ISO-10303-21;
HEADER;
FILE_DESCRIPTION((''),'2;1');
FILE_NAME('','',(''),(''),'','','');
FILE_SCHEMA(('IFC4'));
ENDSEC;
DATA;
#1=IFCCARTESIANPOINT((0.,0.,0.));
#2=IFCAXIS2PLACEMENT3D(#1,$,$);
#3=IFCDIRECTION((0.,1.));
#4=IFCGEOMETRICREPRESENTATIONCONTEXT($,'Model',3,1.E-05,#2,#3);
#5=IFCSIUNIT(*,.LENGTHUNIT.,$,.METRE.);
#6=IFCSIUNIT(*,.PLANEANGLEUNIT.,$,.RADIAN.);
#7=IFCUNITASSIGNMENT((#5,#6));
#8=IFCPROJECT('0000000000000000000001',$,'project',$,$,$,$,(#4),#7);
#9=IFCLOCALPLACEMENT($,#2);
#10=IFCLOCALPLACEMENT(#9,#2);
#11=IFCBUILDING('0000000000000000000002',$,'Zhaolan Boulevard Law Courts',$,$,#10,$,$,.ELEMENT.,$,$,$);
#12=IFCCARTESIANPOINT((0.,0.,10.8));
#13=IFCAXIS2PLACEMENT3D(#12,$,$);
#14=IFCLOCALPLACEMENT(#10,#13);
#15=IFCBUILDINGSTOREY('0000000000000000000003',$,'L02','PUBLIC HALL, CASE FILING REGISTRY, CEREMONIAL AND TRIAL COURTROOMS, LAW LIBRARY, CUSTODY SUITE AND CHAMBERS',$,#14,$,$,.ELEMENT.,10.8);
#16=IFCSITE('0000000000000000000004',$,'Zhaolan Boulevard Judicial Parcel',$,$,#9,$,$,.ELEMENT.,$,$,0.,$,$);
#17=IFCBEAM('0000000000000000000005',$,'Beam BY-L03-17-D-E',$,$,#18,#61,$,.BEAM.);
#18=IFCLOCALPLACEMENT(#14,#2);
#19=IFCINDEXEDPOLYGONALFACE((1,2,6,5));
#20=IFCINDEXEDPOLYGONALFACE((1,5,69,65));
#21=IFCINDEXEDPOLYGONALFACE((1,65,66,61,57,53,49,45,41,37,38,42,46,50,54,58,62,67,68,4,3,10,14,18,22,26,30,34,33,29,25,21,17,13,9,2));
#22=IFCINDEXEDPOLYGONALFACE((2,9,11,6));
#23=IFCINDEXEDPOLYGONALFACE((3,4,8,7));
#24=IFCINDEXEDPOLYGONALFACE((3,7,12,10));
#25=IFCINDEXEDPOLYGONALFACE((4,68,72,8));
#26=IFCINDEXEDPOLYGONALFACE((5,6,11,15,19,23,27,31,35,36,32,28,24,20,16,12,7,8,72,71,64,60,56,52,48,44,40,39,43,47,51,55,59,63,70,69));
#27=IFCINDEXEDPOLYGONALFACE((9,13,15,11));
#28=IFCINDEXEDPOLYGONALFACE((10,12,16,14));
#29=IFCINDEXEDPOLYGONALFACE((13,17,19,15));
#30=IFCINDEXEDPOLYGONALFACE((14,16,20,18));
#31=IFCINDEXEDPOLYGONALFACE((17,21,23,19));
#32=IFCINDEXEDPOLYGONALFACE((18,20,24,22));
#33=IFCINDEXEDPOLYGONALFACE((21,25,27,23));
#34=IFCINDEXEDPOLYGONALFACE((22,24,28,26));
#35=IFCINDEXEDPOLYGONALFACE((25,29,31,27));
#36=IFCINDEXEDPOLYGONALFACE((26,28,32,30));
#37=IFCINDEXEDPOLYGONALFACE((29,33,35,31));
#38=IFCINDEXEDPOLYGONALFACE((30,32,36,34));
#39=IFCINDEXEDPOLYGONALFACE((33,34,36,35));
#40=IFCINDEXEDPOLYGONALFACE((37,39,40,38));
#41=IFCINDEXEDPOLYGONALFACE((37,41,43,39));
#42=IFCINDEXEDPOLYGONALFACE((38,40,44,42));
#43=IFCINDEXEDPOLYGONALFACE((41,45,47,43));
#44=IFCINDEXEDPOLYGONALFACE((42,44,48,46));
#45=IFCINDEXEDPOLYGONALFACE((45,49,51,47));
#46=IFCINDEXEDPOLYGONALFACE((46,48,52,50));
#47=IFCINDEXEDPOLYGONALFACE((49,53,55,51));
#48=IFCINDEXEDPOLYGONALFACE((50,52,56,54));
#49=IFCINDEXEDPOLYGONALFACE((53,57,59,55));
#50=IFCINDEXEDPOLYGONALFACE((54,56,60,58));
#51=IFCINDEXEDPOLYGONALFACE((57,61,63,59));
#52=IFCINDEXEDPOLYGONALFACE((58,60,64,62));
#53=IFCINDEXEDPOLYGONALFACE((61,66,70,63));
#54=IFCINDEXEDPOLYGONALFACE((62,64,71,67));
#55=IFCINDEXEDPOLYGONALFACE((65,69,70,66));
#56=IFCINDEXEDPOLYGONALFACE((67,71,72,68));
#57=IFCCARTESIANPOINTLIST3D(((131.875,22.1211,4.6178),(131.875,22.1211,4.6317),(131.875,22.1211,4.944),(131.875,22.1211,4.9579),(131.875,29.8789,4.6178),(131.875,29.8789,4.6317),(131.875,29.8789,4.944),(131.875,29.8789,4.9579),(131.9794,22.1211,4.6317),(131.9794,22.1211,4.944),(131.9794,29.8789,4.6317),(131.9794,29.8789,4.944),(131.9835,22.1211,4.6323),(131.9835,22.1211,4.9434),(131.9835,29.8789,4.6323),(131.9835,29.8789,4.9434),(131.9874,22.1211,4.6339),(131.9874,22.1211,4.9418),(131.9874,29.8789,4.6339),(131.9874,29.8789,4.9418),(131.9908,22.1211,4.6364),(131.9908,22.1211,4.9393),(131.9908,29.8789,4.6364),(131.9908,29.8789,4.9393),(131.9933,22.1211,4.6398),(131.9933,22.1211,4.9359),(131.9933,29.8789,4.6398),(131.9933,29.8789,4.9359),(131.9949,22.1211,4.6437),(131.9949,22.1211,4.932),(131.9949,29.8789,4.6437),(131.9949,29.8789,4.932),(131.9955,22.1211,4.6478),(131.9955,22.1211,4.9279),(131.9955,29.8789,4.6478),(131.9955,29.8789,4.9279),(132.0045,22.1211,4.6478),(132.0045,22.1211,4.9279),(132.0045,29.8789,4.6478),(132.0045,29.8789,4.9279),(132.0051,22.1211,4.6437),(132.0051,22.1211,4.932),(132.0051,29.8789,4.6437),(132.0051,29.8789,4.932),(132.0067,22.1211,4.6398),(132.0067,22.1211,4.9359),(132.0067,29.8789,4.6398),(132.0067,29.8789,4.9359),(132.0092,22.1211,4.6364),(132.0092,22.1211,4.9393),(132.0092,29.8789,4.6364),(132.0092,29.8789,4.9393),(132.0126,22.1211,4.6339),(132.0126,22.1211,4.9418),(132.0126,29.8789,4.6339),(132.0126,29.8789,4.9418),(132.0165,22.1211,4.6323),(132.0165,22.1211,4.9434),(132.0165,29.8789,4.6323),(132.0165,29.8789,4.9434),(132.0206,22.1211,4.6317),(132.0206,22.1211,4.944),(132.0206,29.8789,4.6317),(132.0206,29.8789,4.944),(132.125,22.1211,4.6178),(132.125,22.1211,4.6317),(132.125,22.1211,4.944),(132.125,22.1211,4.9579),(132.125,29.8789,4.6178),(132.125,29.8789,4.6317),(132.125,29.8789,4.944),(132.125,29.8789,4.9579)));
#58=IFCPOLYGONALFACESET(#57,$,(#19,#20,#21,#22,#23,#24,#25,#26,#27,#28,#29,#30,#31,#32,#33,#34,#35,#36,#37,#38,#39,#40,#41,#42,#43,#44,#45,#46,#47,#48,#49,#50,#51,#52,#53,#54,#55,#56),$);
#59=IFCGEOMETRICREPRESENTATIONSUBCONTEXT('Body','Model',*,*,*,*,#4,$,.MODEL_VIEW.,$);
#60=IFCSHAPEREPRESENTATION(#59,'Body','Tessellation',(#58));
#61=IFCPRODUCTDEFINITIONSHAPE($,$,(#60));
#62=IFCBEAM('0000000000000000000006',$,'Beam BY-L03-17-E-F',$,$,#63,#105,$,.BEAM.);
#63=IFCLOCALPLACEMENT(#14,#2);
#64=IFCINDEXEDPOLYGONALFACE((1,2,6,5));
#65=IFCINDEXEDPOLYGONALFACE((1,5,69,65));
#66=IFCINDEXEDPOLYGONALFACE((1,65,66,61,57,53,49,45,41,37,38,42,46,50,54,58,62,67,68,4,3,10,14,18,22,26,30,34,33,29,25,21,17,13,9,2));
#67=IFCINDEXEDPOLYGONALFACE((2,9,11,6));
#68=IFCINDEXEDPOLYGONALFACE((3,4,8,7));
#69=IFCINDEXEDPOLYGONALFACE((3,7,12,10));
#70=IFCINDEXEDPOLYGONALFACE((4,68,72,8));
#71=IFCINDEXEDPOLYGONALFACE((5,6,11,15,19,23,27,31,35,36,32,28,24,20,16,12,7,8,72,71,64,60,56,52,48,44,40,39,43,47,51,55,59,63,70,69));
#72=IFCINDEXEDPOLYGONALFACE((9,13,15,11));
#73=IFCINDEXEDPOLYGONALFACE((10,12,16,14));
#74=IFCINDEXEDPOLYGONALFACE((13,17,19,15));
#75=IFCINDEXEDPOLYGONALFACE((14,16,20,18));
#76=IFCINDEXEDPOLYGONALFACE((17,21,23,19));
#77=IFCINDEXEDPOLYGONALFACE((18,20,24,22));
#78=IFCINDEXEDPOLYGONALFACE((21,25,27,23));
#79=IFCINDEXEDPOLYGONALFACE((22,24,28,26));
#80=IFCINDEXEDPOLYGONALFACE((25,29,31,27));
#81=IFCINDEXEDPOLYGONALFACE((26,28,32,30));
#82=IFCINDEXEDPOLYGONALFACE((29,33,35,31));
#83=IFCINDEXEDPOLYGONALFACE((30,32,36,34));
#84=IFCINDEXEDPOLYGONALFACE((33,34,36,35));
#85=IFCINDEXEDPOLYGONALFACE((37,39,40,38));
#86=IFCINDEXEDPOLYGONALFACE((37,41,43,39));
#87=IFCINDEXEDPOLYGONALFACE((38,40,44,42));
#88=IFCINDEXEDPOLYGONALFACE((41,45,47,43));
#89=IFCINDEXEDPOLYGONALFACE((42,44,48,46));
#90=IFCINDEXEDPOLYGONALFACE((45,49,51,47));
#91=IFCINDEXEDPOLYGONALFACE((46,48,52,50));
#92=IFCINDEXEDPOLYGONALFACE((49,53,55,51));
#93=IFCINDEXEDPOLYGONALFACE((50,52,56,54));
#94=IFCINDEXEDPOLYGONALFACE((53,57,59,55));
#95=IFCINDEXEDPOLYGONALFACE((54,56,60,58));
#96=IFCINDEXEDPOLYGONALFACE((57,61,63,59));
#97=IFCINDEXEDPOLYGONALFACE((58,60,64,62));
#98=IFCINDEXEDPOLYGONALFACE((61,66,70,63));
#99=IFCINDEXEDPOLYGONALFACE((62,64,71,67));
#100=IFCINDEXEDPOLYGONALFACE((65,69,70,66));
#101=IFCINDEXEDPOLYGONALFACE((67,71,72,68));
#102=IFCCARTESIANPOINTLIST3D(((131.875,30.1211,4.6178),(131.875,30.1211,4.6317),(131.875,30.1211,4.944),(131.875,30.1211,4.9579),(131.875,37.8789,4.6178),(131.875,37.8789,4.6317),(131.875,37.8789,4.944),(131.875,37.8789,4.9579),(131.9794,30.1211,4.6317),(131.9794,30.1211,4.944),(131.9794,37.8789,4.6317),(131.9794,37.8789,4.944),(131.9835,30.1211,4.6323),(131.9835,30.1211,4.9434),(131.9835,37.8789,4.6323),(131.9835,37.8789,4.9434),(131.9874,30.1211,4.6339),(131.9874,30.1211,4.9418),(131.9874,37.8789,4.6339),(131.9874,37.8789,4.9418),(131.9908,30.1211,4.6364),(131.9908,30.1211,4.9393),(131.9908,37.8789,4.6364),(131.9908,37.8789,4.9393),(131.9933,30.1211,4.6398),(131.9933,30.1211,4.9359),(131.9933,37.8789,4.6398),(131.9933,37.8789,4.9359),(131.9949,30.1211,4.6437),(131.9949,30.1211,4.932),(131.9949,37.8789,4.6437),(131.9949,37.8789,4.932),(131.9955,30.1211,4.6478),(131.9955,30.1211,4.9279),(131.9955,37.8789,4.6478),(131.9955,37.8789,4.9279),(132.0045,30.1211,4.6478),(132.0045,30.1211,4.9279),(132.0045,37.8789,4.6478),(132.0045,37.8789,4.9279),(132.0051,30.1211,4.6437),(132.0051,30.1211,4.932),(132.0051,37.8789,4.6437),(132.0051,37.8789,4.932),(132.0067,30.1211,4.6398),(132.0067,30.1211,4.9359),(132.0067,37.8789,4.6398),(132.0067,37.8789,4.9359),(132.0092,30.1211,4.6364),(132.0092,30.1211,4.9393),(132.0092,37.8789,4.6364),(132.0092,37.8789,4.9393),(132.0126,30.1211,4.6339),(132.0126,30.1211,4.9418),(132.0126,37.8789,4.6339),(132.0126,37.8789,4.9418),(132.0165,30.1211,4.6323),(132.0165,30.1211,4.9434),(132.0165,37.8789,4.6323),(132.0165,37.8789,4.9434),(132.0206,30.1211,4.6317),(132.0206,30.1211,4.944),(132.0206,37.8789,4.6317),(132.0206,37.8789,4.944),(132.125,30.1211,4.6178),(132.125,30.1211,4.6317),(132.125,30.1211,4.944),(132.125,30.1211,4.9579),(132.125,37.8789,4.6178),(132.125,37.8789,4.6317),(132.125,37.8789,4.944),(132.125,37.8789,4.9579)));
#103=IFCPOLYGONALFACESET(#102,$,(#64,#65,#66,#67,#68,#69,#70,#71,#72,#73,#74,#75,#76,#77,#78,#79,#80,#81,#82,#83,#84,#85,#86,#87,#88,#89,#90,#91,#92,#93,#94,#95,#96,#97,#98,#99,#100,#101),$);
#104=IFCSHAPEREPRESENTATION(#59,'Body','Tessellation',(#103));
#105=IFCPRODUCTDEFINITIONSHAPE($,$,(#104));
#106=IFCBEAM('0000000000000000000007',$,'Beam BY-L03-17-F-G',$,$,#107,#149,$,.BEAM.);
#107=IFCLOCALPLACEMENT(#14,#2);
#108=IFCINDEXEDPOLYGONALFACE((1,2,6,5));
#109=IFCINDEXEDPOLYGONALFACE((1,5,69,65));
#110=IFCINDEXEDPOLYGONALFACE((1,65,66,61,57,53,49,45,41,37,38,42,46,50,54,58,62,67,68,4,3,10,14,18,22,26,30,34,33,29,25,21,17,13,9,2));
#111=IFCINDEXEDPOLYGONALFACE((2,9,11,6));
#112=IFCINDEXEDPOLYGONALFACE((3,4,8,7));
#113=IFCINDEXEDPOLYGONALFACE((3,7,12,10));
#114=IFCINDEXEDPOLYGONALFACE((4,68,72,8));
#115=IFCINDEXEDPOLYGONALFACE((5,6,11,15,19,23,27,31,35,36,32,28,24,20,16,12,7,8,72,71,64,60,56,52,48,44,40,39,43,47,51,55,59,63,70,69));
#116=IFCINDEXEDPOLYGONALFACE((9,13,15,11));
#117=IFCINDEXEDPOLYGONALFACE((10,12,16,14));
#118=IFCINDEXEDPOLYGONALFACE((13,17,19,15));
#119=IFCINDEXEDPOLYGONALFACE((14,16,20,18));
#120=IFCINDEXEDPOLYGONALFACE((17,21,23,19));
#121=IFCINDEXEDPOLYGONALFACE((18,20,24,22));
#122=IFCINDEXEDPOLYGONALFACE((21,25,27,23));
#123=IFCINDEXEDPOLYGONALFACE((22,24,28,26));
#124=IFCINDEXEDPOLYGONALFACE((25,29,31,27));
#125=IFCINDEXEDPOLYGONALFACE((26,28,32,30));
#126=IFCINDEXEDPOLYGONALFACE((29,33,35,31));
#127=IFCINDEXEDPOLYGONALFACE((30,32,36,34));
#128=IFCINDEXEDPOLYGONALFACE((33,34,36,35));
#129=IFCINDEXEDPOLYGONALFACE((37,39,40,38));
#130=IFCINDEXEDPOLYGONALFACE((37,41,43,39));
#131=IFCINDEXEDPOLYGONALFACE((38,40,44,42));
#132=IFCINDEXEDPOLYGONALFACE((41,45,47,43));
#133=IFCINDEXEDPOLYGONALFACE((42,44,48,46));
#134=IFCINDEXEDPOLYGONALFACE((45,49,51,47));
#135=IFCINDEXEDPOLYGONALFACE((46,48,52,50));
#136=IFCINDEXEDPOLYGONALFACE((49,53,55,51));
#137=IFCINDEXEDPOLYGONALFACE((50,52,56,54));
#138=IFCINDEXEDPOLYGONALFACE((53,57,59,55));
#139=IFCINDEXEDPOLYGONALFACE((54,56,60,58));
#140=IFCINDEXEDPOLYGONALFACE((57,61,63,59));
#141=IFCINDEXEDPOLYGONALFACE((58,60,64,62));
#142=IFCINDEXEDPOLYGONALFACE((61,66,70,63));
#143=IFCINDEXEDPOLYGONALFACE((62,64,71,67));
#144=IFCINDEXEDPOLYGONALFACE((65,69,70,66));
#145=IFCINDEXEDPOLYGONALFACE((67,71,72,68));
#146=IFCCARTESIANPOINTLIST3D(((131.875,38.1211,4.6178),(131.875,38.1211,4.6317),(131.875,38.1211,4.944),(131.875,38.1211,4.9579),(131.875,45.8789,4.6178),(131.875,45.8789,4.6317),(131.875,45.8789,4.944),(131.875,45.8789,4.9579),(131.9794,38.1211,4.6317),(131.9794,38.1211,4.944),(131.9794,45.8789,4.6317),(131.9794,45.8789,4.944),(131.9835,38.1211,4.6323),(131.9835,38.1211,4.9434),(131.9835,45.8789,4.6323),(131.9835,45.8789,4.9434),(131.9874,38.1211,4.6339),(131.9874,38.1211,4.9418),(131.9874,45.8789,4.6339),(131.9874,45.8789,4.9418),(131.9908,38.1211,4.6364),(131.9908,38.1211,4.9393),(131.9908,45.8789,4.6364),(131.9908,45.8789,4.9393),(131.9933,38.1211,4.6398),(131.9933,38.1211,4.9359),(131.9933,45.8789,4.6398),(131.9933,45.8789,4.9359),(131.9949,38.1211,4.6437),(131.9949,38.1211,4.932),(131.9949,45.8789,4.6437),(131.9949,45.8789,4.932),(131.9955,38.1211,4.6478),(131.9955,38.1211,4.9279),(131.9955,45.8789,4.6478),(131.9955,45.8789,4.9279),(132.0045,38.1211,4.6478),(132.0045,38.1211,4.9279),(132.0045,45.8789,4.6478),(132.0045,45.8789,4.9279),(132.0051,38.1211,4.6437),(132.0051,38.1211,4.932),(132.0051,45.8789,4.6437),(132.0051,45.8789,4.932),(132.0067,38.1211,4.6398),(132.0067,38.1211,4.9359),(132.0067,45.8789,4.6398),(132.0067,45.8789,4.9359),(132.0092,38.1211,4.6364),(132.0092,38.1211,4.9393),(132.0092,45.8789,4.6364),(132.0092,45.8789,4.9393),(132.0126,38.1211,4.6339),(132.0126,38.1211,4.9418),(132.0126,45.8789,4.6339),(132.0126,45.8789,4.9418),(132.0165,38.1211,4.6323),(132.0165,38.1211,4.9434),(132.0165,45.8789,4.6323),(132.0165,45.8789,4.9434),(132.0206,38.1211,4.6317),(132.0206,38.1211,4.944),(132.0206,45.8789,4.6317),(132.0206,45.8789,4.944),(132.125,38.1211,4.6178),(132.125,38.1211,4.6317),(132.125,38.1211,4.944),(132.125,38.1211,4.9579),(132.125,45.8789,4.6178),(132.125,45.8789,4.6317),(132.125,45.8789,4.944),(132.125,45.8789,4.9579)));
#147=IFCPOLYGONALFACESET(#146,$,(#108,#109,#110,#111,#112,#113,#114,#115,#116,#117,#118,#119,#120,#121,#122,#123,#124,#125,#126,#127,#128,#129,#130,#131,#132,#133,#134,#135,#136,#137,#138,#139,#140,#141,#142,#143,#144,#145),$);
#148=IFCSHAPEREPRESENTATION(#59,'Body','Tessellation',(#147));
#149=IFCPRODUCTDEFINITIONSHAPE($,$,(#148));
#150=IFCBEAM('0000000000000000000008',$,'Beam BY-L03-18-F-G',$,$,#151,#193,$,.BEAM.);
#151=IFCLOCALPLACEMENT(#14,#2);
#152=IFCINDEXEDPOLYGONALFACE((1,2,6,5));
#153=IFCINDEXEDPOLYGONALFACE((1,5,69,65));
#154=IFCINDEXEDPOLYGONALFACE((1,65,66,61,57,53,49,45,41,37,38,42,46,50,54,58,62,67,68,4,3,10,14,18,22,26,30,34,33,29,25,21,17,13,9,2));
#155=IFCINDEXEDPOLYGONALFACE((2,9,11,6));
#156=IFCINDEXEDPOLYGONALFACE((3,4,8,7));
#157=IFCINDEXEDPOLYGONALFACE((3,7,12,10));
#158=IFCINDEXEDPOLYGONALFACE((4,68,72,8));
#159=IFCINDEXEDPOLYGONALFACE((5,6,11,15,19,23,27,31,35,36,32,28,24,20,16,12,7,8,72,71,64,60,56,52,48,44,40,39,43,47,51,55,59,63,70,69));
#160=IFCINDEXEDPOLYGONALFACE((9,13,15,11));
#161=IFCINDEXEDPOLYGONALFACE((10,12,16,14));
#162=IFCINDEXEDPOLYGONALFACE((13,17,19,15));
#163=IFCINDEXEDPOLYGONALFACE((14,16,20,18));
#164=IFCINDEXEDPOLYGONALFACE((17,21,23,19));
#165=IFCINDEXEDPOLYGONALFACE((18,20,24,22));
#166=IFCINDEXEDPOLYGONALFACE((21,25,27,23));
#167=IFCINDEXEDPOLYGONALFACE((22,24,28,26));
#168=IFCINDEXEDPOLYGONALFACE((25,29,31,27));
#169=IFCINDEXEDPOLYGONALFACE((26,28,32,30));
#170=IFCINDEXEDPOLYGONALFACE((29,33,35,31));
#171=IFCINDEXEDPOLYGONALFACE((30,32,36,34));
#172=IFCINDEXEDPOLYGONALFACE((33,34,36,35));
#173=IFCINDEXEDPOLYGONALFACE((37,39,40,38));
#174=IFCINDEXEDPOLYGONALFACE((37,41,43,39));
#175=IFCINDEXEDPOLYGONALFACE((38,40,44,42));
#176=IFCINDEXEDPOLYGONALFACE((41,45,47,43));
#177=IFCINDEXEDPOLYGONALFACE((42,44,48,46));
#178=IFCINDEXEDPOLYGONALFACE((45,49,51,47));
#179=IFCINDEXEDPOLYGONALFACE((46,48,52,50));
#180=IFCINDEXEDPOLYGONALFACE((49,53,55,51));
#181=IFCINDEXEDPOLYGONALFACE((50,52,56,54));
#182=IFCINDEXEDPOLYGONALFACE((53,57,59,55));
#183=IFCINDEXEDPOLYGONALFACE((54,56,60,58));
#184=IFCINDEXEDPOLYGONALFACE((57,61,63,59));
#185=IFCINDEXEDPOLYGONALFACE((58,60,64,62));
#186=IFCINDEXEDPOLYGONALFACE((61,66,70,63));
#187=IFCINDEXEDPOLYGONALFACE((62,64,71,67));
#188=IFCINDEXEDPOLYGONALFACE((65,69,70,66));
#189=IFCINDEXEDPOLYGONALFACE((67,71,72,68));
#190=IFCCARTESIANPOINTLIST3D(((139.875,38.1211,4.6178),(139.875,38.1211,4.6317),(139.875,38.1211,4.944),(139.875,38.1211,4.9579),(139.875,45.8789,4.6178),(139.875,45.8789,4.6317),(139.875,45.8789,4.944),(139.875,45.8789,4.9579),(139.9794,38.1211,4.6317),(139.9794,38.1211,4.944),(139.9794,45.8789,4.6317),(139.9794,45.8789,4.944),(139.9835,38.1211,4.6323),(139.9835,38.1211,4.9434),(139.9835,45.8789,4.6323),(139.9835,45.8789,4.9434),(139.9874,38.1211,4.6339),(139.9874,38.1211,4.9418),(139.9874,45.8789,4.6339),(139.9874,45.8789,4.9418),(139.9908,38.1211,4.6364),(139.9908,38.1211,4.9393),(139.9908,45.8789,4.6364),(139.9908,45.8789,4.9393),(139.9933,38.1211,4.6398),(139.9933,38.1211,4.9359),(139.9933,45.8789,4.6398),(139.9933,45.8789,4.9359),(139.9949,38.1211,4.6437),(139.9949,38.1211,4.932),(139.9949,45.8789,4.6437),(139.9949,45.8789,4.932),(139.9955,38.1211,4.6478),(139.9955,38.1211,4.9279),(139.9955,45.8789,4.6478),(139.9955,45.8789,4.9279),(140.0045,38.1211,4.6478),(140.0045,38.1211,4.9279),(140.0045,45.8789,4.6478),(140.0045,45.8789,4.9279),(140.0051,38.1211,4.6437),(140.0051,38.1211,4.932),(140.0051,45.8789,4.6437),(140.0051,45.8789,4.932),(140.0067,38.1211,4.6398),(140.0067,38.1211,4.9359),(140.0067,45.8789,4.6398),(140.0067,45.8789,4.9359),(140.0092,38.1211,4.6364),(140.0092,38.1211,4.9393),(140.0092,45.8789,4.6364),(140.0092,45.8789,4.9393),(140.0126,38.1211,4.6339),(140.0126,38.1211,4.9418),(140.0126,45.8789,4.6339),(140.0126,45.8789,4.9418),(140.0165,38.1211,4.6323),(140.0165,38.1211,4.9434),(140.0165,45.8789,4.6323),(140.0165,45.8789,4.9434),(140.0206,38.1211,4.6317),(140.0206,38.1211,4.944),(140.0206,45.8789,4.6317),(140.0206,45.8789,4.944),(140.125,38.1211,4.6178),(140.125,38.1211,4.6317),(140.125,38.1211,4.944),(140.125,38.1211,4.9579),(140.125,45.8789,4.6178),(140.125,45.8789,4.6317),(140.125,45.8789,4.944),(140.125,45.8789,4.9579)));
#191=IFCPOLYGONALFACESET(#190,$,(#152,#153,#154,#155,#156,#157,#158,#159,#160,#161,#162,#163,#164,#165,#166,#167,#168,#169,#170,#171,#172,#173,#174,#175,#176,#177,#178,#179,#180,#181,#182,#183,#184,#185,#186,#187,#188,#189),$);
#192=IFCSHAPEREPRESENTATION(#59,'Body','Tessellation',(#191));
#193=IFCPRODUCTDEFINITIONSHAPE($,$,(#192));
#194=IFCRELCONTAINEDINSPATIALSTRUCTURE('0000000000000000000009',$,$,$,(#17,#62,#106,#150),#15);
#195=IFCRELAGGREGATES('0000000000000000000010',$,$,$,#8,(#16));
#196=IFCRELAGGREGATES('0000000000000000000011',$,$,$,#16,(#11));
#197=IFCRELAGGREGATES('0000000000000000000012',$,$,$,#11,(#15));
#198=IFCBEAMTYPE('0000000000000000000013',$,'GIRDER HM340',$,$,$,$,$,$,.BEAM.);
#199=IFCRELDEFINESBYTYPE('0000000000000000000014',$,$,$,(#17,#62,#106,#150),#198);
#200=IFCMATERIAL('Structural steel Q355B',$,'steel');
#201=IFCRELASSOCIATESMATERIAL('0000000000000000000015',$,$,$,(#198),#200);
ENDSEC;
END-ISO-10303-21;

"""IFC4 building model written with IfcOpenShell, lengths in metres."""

from ifc_helpers import new_model, si_unit, direction, frame, origin, origin_2d, place, context, subcontext, project, spatial, i_section, extrude, material, material_profile, profile_set, type_object, element, save


model = new_model("IFC4")

# Units and contexts
model_context = context("Model", 3, precision=1e-05, world=origin(), true_north=direction((0.0, 1.0)))
body_context = subcontext(model_context, "Body", "Model", "MODEL_VIEW")
ifc_project = project(units=[si_unit("LENGTHUNIT", "METRE"), si_unit("PLANEANGLEUNIT", "RADIAN")], contexts=[model_context])

# Site, building, storey
site_placement = place(None, origin())
site = spatial("IfcSite", under=ifc_project, at=site_placement, Name="Zhaolan Boulevard Judicial Parcel", CompositionType="ELEMENT", RefElevation=0.0)
building_placement = place(site_placement, origin())
building = spatial("IfcBuilding", under=site, at=building_placement, Name="Zhaolan Boulevard Law Courts", CompositionType="ELEMENT")
storey_placement = place(building_placement, frame((0.0, 0.0, 10.8)))
storey = spatial("IfcBuildingStorey", under=building, at=storey_placement, Name="L02", Description="PUBLIC HALL, CASE FILING REGISTRY, CEREMONIAL AND TRIAL COURTROOMS, LAW LIBRARY, CUSTODY SUITE AND CHAMBERS", CompositionType="ELEMENT", Elevation=10.8)

# Beams
ifc_material_1 = material(Name="Structural steel Q355B", Category="steel")
ifc_material_profile_1 = material_profile(ifc_material_1, i_section(OverallWidth=0.25, OverallDepth=0.3401, WebThickness=0.009, FlangeThickness=0.0139, FilletRadius=0.0161, at=origin_2d()), Name="HM340x250")
ifc_profile_set_1 = profile_set([ifc_material_profile_1], Name="Structural steel Q355B")
beam_type_1 = type_object("IfcBeamType", Name="GIRDER HM340", PredefinedType="BEAM", material=ifc_profile_set_1)
for number, where, z_axis, x_axis, name in (
    (1, (132.0, 22.1211, 4.7878), (0.0, 1.0, 0.0), (-1.0, 0.0, 0.0), "Beam BY-L03-17-D-E"),
    (2, (132.0, 30.1211, 4.7878), (0.0, 1.0, 0.0), (-1.0, 0.0, 0.0), "Beam BY-L03-17-E-F"),
    (3, (132.0, 38.1211, 4.7878), (0.0, 1.0, 0.0), (-1.0, 0.0, 0.0), "Beam BY-L03-17-F-G"),
    (4, (140.0, 38.1211, 4.7878), (0.0, 1.0, 0.0), (-1.0, 0.0, 0.0), "Beam BY-L03-18-F-G"),
):
    element("IfcBeam", number, at=place(storey_placement, frame(where, z_axis=z_axis, x_axis=x_axis)), inside=storey, type_object=beam_type_1, Name=name, PredefinedType="BEAM", context=body_context, shape_type="SweptSolid", body=[
        extrude(i_section(OverallWidth=0.25, OverallDepth=0.3401, WebThickness=0.009, FlangeThickness=0.0139, FilletRadius=0.0161, at=origin_2d()), origin(), (0.0, 0.0, 1.0), 7.7578),
    ])

save(model, "model.ifc")
